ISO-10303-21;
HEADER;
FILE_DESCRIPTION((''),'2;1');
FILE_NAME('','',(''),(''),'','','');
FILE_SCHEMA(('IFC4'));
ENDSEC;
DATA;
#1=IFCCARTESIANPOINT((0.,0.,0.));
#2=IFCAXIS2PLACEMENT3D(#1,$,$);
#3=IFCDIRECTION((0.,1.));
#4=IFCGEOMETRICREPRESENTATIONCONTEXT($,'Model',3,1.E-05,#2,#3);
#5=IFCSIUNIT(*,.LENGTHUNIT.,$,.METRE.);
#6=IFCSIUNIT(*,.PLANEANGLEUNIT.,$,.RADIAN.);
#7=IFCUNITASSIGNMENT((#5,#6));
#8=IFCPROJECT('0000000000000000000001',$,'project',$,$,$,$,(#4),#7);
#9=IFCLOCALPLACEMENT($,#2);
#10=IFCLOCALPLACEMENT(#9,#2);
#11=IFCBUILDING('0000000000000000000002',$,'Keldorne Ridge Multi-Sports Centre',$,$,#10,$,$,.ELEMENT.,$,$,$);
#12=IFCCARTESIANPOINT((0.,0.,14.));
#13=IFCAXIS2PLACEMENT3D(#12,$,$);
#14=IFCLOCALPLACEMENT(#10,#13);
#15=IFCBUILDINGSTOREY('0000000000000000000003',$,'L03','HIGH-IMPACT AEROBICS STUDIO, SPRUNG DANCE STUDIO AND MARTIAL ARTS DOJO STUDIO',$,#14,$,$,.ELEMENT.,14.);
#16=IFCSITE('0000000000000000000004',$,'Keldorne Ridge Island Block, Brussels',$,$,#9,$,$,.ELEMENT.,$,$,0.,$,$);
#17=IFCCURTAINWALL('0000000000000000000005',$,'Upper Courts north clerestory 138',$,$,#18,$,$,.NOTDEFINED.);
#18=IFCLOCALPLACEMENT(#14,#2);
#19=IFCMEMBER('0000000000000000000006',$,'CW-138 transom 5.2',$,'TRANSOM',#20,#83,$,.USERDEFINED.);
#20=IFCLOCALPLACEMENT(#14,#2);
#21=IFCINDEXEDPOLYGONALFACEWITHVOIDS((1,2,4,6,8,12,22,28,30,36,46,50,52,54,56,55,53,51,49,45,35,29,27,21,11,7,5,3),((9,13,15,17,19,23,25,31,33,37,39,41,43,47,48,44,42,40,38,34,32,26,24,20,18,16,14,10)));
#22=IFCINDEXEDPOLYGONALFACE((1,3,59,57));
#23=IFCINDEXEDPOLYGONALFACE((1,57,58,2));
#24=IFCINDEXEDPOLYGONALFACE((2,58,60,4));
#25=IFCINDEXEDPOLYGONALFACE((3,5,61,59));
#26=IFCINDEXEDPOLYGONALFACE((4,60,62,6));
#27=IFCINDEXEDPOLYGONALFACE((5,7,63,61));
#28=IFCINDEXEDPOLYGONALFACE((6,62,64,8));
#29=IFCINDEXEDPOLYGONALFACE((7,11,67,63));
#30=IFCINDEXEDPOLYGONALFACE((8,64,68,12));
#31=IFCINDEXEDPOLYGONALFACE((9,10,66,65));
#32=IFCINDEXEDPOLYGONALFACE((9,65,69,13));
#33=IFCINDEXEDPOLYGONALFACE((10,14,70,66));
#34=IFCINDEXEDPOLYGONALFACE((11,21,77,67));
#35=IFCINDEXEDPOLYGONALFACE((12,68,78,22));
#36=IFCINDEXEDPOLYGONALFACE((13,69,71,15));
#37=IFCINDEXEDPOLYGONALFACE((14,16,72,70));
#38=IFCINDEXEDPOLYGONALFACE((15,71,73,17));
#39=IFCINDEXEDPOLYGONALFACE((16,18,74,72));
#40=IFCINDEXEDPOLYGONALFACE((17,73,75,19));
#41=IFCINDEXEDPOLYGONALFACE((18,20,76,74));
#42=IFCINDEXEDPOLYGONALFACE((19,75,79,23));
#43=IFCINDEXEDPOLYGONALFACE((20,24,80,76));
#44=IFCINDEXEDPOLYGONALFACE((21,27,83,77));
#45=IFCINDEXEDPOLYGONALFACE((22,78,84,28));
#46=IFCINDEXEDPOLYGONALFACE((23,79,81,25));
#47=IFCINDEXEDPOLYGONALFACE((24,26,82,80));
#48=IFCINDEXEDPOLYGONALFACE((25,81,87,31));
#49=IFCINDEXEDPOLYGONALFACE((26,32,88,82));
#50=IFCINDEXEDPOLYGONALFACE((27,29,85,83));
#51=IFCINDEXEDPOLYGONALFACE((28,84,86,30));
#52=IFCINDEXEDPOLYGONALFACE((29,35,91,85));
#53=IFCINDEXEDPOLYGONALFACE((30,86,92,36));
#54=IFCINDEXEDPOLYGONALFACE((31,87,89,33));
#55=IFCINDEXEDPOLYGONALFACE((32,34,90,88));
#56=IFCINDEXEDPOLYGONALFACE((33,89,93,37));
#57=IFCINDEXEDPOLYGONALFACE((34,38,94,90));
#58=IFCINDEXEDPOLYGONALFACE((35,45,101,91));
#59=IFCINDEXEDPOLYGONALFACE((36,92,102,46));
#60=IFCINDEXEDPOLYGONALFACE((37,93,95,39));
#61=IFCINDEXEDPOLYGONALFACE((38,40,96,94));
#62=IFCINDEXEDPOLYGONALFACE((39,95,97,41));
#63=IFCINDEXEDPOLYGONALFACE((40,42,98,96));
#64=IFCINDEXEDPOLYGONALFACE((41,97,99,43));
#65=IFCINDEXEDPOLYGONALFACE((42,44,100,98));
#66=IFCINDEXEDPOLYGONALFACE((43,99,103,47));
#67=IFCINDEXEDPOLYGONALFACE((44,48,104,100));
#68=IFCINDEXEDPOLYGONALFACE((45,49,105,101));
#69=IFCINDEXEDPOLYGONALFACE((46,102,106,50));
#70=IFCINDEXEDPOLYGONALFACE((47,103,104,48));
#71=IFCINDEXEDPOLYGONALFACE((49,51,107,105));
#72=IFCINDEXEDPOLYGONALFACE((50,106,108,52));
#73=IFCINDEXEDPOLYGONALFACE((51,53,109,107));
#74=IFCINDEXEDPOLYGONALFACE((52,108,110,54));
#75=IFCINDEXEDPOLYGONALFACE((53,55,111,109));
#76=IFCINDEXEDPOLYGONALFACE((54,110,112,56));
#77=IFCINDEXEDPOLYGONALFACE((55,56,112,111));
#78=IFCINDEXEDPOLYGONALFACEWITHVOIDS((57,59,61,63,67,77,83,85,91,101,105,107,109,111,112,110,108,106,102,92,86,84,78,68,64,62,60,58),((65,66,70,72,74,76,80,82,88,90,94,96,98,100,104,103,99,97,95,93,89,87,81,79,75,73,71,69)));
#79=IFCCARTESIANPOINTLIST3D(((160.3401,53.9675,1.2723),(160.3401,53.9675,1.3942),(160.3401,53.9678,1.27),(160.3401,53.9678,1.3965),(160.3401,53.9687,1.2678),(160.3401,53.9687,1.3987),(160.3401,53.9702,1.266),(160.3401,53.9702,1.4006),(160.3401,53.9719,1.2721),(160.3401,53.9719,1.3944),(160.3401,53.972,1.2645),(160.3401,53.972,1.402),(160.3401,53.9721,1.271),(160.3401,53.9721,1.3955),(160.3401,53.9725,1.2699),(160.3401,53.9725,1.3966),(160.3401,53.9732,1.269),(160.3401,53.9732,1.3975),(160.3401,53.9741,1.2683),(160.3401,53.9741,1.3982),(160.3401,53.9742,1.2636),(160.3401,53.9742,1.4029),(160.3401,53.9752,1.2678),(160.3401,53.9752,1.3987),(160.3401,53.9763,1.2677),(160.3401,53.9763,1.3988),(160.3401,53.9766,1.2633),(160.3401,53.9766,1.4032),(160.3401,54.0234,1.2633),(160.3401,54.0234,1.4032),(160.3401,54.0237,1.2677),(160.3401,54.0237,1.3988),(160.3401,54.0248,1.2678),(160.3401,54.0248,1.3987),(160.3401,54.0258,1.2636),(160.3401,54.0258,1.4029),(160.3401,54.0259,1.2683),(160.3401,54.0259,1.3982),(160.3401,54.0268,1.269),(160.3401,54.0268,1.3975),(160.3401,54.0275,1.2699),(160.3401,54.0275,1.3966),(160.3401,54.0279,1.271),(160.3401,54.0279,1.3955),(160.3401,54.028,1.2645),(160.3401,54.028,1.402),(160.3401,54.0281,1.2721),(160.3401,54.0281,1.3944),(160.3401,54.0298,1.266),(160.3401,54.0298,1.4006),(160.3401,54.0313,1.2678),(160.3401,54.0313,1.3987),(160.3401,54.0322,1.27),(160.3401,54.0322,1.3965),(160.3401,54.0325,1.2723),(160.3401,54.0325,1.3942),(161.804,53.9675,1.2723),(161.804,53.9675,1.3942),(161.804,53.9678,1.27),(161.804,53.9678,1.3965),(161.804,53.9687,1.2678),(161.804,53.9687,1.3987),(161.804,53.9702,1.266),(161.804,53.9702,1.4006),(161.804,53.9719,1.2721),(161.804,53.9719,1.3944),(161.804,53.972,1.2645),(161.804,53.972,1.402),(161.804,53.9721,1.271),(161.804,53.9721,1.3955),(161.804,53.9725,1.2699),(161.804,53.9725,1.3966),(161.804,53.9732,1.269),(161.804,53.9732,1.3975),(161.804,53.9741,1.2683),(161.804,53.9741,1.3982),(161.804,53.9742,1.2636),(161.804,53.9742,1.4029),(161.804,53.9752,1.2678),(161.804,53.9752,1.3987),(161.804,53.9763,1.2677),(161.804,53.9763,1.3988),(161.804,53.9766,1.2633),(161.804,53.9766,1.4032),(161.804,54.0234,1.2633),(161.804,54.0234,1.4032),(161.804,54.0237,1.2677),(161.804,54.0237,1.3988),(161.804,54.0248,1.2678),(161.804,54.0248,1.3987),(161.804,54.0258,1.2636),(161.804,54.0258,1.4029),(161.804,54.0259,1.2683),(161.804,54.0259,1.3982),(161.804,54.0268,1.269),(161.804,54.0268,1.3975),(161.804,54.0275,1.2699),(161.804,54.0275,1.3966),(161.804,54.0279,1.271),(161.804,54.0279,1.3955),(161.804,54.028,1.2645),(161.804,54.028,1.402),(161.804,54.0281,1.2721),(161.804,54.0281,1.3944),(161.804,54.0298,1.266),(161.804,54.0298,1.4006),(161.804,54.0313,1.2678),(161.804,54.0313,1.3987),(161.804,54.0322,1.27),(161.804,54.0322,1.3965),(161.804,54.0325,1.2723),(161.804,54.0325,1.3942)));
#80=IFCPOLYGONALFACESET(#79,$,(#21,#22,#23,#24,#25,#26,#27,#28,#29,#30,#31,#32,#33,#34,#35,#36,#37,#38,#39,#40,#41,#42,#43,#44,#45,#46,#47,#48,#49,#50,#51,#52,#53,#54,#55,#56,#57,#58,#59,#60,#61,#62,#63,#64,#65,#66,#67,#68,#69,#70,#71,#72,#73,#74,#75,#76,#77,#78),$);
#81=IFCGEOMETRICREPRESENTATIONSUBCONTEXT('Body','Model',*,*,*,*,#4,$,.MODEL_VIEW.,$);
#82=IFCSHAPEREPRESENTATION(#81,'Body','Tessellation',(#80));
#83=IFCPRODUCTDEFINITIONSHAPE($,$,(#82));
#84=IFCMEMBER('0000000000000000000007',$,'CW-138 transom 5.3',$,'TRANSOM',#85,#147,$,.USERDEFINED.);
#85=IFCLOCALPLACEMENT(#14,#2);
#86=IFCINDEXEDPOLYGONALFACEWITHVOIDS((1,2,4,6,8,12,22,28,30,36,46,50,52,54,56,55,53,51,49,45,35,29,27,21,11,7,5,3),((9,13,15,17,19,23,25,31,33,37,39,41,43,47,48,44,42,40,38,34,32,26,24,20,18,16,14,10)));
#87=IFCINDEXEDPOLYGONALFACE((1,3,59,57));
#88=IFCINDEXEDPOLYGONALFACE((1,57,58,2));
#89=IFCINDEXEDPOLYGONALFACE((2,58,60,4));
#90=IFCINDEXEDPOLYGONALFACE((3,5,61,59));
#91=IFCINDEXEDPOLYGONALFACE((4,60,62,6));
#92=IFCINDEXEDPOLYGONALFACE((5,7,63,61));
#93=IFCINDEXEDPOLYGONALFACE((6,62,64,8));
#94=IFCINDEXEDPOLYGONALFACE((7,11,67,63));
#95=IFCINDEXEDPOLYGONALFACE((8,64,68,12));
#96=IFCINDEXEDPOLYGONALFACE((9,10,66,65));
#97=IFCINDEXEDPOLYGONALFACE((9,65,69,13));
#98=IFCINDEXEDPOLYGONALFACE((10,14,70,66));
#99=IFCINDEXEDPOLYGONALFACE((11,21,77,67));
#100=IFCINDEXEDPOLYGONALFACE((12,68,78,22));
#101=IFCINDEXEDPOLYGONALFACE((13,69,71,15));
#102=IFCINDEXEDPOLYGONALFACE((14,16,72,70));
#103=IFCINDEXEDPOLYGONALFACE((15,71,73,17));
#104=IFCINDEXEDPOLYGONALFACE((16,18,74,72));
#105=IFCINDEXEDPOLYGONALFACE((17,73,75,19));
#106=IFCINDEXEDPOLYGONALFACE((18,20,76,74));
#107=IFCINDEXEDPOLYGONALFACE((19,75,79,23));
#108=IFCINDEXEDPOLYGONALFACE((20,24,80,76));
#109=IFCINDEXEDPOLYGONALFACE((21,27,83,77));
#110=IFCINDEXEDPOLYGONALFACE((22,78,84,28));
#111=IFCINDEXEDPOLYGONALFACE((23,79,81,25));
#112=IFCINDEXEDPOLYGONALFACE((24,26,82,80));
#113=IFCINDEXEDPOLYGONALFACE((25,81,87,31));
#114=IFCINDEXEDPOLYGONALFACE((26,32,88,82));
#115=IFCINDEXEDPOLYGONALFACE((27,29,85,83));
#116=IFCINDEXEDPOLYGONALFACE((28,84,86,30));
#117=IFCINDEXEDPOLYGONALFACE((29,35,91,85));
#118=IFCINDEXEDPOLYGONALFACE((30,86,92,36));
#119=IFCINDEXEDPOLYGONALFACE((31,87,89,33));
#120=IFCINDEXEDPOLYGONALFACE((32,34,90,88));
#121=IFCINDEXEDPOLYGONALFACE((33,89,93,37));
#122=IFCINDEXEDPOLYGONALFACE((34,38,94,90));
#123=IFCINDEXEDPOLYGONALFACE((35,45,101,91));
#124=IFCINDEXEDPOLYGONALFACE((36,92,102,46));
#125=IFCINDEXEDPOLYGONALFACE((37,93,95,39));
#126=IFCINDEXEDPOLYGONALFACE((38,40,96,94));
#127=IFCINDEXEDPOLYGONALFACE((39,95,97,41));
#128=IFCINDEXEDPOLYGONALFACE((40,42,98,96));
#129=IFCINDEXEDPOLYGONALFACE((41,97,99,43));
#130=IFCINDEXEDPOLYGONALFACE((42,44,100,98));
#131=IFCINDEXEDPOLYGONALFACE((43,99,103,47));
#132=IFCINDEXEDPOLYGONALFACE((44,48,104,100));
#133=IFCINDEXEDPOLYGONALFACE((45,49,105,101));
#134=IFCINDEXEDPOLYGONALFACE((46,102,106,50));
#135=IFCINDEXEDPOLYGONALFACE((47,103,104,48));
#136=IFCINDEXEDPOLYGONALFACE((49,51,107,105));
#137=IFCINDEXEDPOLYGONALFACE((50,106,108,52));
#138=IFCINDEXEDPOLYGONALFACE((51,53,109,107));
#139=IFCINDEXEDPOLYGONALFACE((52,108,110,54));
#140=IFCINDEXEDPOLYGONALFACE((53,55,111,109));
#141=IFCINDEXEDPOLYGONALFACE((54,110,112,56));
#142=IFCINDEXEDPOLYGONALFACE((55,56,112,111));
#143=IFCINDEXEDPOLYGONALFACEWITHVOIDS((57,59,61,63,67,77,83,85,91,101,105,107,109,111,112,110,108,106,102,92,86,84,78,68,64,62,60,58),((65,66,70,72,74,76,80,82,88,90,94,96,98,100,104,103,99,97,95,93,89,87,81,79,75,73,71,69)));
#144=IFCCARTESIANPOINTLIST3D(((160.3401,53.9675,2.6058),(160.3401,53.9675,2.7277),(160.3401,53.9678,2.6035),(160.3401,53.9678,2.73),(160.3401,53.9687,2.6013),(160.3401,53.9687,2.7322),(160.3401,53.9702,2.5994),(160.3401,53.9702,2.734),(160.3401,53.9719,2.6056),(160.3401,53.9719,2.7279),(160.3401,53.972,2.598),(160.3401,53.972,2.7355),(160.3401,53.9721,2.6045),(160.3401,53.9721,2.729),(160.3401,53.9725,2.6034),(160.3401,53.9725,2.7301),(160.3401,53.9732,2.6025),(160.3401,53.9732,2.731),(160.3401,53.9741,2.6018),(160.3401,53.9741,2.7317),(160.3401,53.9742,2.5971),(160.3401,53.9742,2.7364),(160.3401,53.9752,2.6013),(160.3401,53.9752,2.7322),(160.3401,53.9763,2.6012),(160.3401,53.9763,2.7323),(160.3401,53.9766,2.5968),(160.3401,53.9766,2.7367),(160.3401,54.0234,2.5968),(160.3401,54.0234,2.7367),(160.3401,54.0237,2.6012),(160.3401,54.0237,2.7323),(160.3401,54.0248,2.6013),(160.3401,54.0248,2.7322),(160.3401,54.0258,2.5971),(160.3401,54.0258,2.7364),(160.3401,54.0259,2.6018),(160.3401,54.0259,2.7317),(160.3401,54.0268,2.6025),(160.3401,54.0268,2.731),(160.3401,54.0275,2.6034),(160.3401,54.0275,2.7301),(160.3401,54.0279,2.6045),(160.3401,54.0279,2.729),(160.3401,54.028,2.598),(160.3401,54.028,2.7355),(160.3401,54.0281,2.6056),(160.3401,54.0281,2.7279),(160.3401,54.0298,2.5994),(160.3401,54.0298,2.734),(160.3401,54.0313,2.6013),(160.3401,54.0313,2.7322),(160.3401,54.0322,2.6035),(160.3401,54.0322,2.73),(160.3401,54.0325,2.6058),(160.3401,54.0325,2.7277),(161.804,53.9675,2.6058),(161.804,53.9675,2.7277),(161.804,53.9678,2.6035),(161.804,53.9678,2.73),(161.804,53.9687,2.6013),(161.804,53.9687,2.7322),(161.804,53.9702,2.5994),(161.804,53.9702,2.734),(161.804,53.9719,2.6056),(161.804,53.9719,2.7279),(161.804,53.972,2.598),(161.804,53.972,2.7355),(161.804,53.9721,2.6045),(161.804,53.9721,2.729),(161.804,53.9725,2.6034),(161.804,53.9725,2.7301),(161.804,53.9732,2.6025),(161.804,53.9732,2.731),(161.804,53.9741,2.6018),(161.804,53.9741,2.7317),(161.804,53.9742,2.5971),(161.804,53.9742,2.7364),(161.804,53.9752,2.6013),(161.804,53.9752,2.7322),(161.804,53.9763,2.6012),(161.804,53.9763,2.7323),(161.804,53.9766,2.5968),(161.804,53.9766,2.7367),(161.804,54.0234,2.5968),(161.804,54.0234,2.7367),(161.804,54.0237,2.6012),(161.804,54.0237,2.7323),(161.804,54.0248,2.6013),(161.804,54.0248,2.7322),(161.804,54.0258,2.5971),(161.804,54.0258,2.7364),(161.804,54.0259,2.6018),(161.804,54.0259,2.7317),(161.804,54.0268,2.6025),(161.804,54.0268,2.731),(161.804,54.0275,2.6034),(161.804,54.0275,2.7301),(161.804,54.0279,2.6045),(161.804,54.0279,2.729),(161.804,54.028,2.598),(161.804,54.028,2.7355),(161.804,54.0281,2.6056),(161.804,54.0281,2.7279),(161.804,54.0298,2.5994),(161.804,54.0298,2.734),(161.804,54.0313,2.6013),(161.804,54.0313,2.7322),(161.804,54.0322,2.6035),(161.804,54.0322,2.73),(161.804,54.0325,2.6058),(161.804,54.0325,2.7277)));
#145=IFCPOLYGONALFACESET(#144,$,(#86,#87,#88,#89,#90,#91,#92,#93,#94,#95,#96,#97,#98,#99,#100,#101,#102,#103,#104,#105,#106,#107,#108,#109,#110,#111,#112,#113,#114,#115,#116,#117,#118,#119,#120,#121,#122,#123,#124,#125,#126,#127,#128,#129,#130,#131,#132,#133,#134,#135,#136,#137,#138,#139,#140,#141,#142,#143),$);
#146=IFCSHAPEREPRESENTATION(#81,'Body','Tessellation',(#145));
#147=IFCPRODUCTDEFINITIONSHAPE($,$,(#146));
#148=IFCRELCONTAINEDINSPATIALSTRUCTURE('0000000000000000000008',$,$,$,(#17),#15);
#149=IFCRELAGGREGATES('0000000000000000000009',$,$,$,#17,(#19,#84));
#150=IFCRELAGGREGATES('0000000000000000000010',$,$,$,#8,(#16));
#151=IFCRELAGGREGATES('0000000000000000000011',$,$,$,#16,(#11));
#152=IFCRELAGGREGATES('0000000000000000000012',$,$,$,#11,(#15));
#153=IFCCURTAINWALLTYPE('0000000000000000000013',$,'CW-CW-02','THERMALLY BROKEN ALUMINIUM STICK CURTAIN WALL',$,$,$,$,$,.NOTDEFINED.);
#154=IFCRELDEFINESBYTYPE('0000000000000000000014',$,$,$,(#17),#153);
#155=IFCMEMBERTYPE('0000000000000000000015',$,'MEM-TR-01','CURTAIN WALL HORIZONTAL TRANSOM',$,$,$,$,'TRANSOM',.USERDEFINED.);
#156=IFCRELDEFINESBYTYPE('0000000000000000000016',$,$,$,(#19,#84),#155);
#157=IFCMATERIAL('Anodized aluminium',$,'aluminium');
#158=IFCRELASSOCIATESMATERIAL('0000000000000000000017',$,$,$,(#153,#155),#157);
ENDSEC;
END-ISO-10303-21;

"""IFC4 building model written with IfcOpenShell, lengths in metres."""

from ifc_helpers import new_model, si_unit, direction, frame, origin, origin_2d, place, context, subcontext, project, spatial, hollow_rectangle, extrude, material, material_profile, profile_set, type_object, element, aggregate, save


model = new_model("IFC4")

# Units and contexts
model_context = context("Model", 3, precision=1e-05, world=origin(), true_north=direction((0.0, 1.0)))
body_context = subcontext(model_context, "Body", "Model", "MODEL_VIEW")
ifc_project = project(units=[si_unit("LENGTHUNIT", "METRE"), si_unit("PLANEANGLEUNIT", "RADIAN")], contexts=[model_context])

# Site, building, storey
site_placement = place(None, origin())
site = spatial("IfcSite", under=ifc_project, at=site_placement, Name="Keldorne Ridge Island Block, Brussels", CompositionType="ELEMENT", RefElevation=0.0)
building_placement = place(site_placement, origin())
building = spatial("IfcBuilding", under=site, at=building_placement, Name="Keldorne Ridge Multi-Sports Centre", CompositionType="ELEMENT")
storey_placement = place(building_placement, frame((0.0, 0.0, 14.0)))
storey = spatial("IfcBuildingStorey", under=building, at=storey_placement, Name="L03", Description="HIGH-IMPACT AEROBICS STUDIO, SPRUNG DANCE STUDIO AND MARTIAL ARTS DOJO STUDIO", CompositionType="ELEMENT", Elevation=14.0)

# Curtain wall
ifc_material_1 = material(Name="Anodized aluminium", Category="aluminium")
curtain_wall_type_1 = type_object("IfcCurtainWallType", Name="CW-CW-02", Description="THERMALLY BROKEN ALUMINIUM STICK CURTAIN WALL", PredefinedType="NOTDEFINED", material=ifc_material_1)
curtain_wall_1_placement = place(storey_placement, origin())
curtain_wall_1 = element("IfcCurtainWall", 1, at=curtain_wall_1_placement, inside=storey, type_object=curtain_wall_type_1, Name="Upper Courts north clerestory 138", PredefinedType="NOTDEFINED")

# Members
ifc_material_profile_1 = material_profile(ifc_material_1, hollow_rectangle(XDim=0.0649, YDim=0.1399, WallThickness=0.0044, InnerFilletRadius=0.0044, OuterFilletRadius=0.009, at=origin_2d()), Name="ALU TRANSOM 140x65x4.5")
ifc_profile_set_1 = profile_set([ifc_material_profile_1], Name="Anodized aluminium")
member_type_1 = type_object("IfcMemberType", Name="MEM-TR-01", Description="CURTAIN WALL HORIZONTAL TRANSOM", ElementType="TRANSOM", PredefinedType="USERDEFINED", material=ifc_profile_set_1)
member_1_placement = place(storey_placement, frame((161.804, 54.0, 1.3333), z_axis=(-1.0, 0.0, 0.0), x_axis=(0.0, -1.0, 0.0)))
member_1 = element("IfcMember", 2, at=member_1_placement, type_object=member_type_1, Name="CW-138 transom 5.2", ObjectType="TRANSOM", PredefinedType="USERDEFINED", context=body_context, shape_type="SweptSolid", body=[
    extrude(hollow_rectangle(XDim=0.0649, YDim=0.1399, WallThickness=0.0044, InnerFilletRadius=0.0044, OuterFilletRadius=0.009, at=origin_2d()), origin(), (0.0, 0.0, 1.0), 1.4639),
])
member_2_placement = place(storey_placement, frame((161.804, 54.0, 2.6667), z_axis=(-1.0, 0.0, 0.0), x_axis=(0.0, -1.0, 0.0)))
member_2 = element("IfcMember", 3, at=member_2_placement, type_object=member_type_1, Name="CW-138 transom 5.3", ObjectType="TRANSOM", PredefinedType="USERDEFINED", context=body_context, shape_type="SweptSolid", body=[
    extrude(hollow_rectangle(XDim=0.0649, YDim=0.1399, WallThickness=0.0044, InnerFilletRadius=0.0044, OuterFilletRadius=0.009, at=origin_2d()), origin(), (0.0, 0.0, 1.0), 1.4639),
])

aggregate(curtain_wall_1, [member_1, member_2])

save(model, "model.ifc")
